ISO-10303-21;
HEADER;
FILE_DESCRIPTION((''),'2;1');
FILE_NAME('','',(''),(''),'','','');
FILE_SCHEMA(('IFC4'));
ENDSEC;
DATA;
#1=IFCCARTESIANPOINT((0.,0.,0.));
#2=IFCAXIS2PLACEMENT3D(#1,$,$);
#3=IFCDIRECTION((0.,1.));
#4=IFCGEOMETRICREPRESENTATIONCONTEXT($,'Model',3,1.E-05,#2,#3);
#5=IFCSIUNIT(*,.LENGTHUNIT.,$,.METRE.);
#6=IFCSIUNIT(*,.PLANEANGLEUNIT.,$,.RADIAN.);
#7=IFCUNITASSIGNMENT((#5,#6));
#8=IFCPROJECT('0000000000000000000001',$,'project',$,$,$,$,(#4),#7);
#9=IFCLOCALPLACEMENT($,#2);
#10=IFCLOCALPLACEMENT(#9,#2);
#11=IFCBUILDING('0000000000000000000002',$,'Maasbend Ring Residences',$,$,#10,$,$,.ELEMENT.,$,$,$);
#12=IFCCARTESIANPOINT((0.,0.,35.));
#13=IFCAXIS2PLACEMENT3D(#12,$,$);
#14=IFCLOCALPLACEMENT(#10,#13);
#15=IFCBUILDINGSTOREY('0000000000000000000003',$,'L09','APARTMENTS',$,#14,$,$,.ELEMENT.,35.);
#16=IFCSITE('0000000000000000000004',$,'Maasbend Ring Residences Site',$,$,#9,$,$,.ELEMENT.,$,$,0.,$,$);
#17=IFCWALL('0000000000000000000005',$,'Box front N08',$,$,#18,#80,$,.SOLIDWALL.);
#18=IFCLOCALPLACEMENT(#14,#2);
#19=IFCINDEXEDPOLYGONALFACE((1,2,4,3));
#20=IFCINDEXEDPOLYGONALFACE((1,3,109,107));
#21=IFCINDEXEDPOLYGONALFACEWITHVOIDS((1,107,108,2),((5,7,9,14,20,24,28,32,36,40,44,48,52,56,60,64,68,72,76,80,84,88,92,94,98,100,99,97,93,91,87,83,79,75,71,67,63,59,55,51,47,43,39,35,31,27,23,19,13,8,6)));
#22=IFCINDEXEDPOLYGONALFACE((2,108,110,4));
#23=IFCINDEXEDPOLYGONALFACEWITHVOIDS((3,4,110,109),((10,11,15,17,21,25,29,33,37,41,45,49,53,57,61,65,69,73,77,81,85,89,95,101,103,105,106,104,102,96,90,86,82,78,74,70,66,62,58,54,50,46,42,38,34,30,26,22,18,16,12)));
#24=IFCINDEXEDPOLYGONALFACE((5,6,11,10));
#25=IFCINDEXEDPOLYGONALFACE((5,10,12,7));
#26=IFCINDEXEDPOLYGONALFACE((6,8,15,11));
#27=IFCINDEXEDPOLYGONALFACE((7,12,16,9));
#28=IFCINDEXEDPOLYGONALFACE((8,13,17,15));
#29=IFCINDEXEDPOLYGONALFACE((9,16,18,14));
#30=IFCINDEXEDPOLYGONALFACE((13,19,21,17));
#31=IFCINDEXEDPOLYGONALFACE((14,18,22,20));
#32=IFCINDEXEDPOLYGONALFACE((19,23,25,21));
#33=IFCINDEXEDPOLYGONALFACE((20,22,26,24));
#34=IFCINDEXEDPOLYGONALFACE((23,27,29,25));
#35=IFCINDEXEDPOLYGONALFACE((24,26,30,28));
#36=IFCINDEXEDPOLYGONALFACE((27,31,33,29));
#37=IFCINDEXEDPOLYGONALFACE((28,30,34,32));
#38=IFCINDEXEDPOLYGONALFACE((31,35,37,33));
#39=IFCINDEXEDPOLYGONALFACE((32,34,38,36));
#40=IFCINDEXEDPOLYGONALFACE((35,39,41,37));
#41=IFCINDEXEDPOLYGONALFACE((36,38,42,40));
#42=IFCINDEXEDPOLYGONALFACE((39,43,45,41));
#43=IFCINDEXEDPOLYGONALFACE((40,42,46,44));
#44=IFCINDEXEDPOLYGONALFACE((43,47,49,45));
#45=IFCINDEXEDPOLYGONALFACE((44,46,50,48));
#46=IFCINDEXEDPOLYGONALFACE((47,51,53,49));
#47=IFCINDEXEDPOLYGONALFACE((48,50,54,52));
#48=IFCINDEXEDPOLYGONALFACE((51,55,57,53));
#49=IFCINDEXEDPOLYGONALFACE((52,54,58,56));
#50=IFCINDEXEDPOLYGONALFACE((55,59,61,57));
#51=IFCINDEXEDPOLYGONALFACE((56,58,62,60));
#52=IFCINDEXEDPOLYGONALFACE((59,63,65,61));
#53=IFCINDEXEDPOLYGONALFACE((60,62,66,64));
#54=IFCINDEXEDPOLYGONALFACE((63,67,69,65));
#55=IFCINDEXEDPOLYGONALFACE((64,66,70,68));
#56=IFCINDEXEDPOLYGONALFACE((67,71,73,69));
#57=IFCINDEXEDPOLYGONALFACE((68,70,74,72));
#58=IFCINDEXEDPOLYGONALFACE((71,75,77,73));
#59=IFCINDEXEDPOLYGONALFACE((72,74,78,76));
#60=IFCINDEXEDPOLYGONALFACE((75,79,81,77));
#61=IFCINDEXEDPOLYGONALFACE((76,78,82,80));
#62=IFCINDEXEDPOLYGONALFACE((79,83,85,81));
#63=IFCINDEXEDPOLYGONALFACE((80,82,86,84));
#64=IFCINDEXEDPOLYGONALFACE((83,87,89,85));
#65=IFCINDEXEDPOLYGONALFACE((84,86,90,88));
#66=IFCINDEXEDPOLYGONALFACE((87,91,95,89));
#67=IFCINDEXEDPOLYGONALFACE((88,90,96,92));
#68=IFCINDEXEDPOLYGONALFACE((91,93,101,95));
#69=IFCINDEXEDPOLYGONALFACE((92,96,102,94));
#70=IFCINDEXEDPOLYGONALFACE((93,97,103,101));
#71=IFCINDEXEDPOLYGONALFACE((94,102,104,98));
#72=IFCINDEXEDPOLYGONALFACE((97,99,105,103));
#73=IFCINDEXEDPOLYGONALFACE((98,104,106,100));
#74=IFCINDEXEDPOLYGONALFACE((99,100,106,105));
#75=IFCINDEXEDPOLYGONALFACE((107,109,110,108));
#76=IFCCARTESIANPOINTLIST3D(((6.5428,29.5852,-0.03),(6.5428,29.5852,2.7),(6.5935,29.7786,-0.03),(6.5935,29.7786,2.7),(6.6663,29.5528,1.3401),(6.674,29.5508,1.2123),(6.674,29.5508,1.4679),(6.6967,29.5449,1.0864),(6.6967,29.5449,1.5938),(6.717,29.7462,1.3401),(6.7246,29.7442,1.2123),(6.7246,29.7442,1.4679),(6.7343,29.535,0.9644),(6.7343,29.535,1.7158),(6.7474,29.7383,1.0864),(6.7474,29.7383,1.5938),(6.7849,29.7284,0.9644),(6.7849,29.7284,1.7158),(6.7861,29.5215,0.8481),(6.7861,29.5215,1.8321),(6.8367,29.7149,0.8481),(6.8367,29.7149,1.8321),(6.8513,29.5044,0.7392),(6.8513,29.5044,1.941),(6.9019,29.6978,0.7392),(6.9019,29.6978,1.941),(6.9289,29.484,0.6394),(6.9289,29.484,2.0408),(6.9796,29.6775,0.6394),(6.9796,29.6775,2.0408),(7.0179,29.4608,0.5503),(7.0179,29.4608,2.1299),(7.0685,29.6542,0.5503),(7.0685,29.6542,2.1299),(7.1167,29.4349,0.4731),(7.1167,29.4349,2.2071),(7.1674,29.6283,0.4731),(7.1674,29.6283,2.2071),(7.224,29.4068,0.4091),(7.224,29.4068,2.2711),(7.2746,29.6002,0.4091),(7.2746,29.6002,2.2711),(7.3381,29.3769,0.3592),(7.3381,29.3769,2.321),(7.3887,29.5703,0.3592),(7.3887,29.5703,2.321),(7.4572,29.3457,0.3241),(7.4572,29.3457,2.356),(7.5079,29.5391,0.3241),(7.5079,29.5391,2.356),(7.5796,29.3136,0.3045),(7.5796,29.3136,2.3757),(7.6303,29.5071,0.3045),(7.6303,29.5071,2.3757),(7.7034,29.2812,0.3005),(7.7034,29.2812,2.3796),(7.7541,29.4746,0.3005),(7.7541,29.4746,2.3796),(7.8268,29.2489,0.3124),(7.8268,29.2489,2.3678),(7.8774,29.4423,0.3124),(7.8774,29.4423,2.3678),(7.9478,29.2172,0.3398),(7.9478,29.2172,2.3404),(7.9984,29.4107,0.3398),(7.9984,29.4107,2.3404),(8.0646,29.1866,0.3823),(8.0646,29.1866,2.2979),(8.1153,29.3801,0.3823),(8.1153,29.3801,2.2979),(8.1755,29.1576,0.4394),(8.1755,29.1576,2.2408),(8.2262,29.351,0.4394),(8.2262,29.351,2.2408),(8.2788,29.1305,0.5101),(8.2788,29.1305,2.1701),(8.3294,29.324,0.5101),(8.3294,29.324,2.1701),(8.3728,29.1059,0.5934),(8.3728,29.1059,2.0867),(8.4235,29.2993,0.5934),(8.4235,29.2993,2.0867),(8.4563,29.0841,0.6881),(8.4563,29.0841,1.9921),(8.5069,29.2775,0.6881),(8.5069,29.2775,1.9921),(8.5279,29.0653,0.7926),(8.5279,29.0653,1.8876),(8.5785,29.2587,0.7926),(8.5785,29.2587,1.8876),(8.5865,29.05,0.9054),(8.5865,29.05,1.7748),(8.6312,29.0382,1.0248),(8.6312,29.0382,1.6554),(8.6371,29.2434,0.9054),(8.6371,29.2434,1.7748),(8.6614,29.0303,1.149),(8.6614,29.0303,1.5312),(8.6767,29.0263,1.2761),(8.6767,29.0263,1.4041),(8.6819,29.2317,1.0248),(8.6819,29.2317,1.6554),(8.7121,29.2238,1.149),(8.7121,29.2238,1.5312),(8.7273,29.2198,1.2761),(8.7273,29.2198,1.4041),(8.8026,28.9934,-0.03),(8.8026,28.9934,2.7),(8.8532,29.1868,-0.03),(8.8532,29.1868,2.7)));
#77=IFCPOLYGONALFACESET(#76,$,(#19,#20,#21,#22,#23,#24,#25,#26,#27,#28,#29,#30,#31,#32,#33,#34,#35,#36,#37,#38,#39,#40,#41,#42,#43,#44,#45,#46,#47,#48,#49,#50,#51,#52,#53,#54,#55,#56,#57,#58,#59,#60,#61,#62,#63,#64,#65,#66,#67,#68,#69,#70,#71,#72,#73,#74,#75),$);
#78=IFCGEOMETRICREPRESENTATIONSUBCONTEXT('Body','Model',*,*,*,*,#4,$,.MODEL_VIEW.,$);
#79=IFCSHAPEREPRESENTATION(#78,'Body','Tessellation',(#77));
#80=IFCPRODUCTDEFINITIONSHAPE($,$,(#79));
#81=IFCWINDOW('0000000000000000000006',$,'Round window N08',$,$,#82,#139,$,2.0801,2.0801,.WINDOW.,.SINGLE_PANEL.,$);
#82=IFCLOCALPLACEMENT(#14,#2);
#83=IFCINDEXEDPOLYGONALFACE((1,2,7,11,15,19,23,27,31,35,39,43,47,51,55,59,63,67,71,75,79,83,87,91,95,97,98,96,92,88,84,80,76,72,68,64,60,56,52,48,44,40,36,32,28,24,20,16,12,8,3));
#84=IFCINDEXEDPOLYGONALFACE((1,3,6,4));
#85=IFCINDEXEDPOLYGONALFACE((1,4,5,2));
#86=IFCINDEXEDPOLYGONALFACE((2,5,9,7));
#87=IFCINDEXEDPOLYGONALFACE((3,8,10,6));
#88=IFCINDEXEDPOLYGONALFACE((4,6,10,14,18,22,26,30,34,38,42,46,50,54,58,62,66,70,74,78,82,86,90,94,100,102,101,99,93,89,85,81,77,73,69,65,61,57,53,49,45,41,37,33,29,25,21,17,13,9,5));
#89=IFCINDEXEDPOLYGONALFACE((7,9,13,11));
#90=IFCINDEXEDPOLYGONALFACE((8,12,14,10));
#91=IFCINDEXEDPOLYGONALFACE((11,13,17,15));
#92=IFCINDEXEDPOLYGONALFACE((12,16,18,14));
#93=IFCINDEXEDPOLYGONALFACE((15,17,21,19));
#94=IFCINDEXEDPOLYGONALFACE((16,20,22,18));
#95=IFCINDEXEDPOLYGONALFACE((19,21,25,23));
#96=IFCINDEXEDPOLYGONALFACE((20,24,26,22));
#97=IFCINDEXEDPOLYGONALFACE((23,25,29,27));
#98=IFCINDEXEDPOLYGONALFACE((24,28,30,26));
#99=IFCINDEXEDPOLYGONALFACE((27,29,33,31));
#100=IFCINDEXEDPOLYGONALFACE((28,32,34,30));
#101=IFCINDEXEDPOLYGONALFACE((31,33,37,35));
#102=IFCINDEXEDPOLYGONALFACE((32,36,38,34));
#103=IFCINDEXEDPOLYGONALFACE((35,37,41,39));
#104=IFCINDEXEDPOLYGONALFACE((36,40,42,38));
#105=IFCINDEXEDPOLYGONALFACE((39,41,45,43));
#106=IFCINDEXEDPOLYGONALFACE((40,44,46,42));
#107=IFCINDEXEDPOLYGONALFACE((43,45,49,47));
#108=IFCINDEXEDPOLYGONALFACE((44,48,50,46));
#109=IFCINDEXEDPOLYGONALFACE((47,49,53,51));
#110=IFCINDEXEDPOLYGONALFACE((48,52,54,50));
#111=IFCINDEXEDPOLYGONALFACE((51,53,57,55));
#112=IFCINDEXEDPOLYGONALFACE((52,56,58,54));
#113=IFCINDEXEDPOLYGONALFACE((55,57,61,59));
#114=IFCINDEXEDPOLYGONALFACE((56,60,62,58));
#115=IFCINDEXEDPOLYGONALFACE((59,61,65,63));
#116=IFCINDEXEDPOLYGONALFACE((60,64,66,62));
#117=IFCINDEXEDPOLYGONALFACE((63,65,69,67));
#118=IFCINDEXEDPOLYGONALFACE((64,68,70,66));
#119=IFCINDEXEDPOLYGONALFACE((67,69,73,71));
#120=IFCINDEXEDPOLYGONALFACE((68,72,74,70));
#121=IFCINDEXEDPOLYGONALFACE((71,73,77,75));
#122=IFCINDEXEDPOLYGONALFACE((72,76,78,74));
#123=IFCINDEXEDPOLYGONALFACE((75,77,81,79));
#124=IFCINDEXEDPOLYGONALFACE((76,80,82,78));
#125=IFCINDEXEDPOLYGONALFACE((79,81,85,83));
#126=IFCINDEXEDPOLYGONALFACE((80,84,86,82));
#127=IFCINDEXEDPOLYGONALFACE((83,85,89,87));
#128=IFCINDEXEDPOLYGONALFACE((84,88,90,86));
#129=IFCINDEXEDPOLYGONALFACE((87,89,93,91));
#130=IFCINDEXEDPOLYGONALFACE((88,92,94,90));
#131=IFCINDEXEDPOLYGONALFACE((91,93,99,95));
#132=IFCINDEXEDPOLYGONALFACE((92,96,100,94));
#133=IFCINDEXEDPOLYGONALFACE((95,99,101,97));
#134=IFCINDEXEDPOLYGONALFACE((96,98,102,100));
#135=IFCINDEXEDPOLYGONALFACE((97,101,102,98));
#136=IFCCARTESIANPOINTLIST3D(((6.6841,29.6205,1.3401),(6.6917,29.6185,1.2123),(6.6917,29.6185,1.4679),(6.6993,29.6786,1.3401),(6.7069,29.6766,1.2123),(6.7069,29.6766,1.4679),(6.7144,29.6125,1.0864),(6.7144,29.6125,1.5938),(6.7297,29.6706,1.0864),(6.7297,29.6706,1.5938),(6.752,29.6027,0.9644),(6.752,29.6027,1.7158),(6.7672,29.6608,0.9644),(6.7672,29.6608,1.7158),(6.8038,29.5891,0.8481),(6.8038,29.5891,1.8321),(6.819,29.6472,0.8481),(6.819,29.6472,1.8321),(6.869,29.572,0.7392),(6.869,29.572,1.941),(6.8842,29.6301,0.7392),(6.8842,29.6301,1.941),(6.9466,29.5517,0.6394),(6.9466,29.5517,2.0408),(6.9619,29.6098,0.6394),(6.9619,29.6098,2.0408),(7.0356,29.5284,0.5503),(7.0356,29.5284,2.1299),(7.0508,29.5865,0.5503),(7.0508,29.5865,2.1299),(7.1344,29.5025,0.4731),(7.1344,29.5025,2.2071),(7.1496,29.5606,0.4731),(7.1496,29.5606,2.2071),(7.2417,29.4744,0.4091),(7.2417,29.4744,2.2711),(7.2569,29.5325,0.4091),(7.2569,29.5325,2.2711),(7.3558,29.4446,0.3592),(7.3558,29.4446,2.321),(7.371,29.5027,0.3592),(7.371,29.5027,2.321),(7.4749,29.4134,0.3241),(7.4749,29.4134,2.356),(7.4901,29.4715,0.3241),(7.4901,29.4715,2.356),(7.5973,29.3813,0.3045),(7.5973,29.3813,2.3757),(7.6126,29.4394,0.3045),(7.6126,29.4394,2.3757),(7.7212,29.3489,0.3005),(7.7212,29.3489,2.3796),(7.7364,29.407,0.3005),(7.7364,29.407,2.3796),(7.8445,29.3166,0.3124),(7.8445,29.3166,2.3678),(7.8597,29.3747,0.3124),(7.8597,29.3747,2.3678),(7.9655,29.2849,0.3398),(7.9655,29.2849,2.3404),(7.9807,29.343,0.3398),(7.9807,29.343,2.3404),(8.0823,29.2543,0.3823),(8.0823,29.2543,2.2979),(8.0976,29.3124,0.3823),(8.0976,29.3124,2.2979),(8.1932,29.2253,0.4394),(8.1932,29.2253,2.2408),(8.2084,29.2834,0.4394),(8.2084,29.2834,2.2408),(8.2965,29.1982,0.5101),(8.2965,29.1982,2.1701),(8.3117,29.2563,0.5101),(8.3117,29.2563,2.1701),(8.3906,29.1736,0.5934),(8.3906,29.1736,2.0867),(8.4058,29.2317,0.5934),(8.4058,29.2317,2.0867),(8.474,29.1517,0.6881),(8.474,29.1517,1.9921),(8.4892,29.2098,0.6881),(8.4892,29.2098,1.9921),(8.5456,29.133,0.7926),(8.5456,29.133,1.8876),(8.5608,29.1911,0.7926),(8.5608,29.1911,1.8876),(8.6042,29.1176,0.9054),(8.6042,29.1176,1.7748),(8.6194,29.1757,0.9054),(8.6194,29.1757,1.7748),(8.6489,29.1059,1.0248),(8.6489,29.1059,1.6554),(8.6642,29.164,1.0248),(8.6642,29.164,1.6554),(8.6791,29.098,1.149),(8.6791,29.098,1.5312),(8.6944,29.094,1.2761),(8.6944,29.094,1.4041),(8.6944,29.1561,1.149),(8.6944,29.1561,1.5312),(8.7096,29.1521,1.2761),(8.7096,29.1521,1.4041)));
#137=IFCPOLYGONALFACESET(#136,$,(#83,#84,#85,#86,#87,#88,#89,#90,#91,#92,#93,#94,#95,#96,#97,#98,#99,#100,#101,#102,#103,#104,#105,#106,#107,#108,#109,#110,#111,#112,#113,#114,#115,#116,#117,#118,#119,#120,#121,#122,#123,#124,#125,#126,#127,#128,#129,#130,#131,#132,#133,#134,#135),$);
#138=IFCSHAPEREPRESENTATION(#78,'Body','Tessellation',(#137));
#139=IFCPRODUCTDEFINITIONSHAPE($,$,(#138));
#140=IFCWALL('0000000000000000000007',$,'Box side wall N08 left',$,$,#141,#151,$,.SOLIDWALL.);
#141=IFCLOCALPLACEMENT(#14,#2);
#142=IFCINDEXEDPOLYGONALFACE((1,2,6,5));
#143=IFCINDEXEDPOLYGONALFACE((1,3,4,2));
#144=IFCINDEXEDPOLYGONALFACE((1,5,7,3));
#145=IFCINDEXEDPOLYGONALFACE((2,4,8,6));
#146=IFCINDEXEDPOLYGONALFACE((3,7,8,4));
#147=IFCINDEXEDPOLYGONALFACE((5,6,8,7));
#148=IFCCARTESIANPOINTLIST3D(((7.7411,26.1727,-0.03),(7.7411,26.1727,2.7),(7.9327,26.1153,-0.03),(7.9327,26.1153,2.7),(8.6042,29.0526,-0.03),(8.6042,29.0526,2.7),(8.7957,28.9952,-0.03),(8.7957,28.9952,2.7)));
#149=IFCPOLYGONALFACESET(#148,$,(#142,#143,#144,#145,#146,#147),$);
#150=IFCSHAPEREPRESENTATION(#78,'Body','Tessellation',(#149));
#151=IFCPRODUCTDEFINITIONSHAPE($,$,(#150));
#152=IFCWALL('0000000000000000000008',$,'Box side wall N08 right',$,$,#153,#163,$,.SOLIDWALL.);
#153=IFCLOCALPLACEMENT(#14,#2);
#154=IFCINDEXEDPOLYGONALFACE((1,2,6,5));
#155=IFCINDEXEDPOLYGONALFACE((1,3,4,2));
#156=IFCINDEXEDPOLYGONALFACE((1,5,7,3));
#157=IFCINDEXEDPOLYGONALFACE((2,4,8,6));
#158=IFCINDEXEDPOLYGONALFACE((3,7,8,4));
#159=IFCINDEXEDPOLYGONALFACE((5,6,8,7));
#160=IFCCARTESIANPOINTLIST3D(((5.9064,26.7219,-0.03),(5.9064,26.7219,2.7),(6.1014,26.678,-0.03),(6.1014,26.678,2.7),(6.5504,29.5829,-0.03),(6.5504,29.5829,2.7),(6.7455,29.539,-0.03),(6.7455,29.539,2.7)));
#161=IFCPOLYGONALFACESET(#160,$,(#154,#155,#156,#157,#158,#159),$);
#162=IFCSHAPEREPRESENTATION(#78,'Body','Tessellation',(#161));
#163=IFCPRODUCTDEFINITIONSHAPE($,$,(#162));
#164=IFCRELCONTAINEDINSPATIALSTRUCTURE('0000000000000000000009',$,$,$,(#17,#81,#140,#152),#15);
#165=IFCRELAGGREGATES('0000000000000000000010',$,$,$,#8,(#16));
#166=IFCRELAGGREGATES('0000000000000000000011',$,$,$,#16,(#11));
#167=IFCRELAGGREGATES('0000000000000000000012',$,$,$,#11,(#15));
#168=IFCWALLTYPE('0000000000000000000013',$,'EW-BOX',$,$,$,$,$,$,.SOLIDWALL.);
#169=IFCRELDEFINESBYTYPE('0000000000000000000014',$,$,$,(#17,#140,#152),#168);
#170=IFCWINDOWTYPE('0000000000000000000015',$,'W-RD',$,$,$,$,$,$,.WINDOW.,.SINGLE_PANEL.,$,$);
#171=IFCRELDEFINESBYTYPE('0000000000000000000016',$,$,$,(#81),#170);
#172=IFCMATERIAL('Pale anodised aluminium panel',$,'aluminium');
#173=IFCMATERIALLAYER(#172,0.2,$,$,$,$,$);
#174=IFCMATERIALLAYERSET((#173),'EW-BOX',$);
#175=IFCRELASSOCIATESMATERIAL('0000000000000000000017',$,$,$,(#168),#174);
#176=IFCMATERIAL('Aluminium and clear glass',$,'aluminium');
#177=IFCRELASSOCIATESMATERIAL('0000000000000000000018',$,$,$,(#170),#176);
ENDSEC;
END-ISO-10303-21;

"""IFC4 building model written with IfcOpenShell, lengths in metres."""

from ifc_helpers import new_model, si_unit, direction, frame, frame_2d, origin, place, context, subcontext, project, spatial, rectangle, circle, extrude, material, layer, layer_set, type_object, element, fill, save


model = new_model("IFC4")

# Units and contexts
model_context = context("Model", 3, precision=1e-05, world=origin(), true_north=direction((0.0, 1.0)))
body_context = subcontext(model_context, "Body", "Model", "MODEL_VIEW")
ifc_project = project(units=[si_unit("LENGTHUNIT", "METRE"), si_unit("PLANEANGLEUNIT", "RADIAN")], contexts=[model_context])

# Site, building, storey
site_placement = place(None, origin())
site = spatial("IfcSite", under=ifc_project, at=site_placement, Name="Maasbend Ring Residences Site", CompositionType="ELEMENT", RefElevation=0.0)
building_placement = place(site_placement, origin())
building = spatial("IfcBuilding", under=site, at=building_placement, Name="Maasbend Ring Residences", CompositionType="ELEMENT")
storey_placement = place(building_placement, frame((0.0, 0.0, 35.0)))
storey = spatial("IfcBuildingStorey", under=building, at=storey_placement, Name="L09", Description="APARTMENTS", CompositionType="ELEMENT", Elevation=35.0)

# Shared definitions
ifc_material_1 = material(Name="Pale anodised aluminium panel", Category="aluminium")
ifc_layer_1 = layer(ifc_material_1, 0.2)
ifc_layer_set_1 = layer_set([ifc_layer_1], Name="EW-BOX")
wall_type_1 = type_object("IfcWallType", Name="EW-BOX", PredefinedType="SOLIDWALL", material=ifc_layer_set_1)

# Wall, opening, window
wall_1_placement = place(storey_placement, frame((8.8279, 29.0901, -0.03), z_axis=(0.0, 0.0, 1.0), x_axis=(-0.967377, 0.253341, 0.0)))
wall_1 = element("IfcWall", 1, at=wall_1_placement, inside=storey, type_object=wall_type_1, Name="Box front N08", PredefinedType="SOLIDWALL", context=body_context, shape_type="SweptSolid", body=[
    extrude(rectangle(XDim=2.3359, YDim=0.2, at=frame_2d((1.168, 0.0))), origin(), (0.0, 0.0, 1.0), 2.73),
])
opening_1_placement = place(wall_1_placement, frame((0.1282, 0.0, 0.3301)))
opening_1 = element("IfcOpeningElement", 2, at=opening_1_placement, cuts=wall_1, PredefinedType="OPENING", context=body_context, shape_type="SweptSolid", body=[
    extrude(circle(Radius=1.04, at=frame_2d((1.04, 1.04))), frame((0.0, 0.1099, 0.0), z_axis=(0.0, -1.0, 0.0), x_axis=(1.0, 0.0, 0.0)), (0.0, 0.0, 1.0), 0.22),
])
ifc_material_2 = material(Name="Aluminium and clear glass", Category="aluminium")
window_type_1 = type_object("IfcWindowType", Name="W-RD", PartitioningType="SINGLE_PANEL", PredefinedType="WINDOW", material=ifc_material_2)
window_1_placement = place(opening_1_placement, origin())
window_1 = element("IfcWindow", 3, at=window_1_placement, inside=storey, type_object=window_type_1, Name="Round window N08", OverallHeight=2.0801, OverallWidth=2.0801, PartitioningType="SINGLE_PANEL", PredefinedType="WINDOW", context=body_context, shape_type="SweptSolid", body=[
    extrude(circle(Radius=1.04, at=frame_2d((1.04, 1.04))), frame((0.0, 0.03, 0.0), z_axis=(0.0, -1.0, 0.0), x_axis=(1.0, 0.0, 0.0)), (0.0, 0.0, 1.0), 0.0601),
])
fill(opening_1, window_1)

# Walls
wall_2_placement = place(storey_placement, frame((7.8369, 26.144, -0.03), z_axis=(0.0, 0.0, 1.0), x_axis=(0.287065, 0.957911, 0.0)))
element("IfcWall", 4, at=wall_2_placement, inside=storey, type_object=wall_type_1, Name="Box side wall N08 left", PredefinedType="SOLIDWALL", context=body_context, shape_type="SweptSolid", body=[
    extrude(rectangle(XDim=3.0063, YDim=0.2, at=frame_2d((1.5032, 0.0))), origin(), (0.0, 0.0, 1.0), 2.73),
])
wall_3_placement = place(storey_placement, frame((6.0039, 26.7, -0.03), z_axis=(0.0, 0.0, 1.0), x_axis=(0.219609, 0.975588, 0.0)))
element("IfcWall", 5, at=wall_3_placement, inside=storey, type_object=wall_type_1, Name="Box side wall N08 right", PredefinedType="SOLIDWALL", context=body_context, shape_type="SweptSolid", body=[
    extrude(rectangle(XDim=2.9326, YDim=0.2, at=frame_2d((1.4663, 0.0))), origin(), (0.0, 0.0, 1.0), 2.73),
])

save(model, "model.ifc")
